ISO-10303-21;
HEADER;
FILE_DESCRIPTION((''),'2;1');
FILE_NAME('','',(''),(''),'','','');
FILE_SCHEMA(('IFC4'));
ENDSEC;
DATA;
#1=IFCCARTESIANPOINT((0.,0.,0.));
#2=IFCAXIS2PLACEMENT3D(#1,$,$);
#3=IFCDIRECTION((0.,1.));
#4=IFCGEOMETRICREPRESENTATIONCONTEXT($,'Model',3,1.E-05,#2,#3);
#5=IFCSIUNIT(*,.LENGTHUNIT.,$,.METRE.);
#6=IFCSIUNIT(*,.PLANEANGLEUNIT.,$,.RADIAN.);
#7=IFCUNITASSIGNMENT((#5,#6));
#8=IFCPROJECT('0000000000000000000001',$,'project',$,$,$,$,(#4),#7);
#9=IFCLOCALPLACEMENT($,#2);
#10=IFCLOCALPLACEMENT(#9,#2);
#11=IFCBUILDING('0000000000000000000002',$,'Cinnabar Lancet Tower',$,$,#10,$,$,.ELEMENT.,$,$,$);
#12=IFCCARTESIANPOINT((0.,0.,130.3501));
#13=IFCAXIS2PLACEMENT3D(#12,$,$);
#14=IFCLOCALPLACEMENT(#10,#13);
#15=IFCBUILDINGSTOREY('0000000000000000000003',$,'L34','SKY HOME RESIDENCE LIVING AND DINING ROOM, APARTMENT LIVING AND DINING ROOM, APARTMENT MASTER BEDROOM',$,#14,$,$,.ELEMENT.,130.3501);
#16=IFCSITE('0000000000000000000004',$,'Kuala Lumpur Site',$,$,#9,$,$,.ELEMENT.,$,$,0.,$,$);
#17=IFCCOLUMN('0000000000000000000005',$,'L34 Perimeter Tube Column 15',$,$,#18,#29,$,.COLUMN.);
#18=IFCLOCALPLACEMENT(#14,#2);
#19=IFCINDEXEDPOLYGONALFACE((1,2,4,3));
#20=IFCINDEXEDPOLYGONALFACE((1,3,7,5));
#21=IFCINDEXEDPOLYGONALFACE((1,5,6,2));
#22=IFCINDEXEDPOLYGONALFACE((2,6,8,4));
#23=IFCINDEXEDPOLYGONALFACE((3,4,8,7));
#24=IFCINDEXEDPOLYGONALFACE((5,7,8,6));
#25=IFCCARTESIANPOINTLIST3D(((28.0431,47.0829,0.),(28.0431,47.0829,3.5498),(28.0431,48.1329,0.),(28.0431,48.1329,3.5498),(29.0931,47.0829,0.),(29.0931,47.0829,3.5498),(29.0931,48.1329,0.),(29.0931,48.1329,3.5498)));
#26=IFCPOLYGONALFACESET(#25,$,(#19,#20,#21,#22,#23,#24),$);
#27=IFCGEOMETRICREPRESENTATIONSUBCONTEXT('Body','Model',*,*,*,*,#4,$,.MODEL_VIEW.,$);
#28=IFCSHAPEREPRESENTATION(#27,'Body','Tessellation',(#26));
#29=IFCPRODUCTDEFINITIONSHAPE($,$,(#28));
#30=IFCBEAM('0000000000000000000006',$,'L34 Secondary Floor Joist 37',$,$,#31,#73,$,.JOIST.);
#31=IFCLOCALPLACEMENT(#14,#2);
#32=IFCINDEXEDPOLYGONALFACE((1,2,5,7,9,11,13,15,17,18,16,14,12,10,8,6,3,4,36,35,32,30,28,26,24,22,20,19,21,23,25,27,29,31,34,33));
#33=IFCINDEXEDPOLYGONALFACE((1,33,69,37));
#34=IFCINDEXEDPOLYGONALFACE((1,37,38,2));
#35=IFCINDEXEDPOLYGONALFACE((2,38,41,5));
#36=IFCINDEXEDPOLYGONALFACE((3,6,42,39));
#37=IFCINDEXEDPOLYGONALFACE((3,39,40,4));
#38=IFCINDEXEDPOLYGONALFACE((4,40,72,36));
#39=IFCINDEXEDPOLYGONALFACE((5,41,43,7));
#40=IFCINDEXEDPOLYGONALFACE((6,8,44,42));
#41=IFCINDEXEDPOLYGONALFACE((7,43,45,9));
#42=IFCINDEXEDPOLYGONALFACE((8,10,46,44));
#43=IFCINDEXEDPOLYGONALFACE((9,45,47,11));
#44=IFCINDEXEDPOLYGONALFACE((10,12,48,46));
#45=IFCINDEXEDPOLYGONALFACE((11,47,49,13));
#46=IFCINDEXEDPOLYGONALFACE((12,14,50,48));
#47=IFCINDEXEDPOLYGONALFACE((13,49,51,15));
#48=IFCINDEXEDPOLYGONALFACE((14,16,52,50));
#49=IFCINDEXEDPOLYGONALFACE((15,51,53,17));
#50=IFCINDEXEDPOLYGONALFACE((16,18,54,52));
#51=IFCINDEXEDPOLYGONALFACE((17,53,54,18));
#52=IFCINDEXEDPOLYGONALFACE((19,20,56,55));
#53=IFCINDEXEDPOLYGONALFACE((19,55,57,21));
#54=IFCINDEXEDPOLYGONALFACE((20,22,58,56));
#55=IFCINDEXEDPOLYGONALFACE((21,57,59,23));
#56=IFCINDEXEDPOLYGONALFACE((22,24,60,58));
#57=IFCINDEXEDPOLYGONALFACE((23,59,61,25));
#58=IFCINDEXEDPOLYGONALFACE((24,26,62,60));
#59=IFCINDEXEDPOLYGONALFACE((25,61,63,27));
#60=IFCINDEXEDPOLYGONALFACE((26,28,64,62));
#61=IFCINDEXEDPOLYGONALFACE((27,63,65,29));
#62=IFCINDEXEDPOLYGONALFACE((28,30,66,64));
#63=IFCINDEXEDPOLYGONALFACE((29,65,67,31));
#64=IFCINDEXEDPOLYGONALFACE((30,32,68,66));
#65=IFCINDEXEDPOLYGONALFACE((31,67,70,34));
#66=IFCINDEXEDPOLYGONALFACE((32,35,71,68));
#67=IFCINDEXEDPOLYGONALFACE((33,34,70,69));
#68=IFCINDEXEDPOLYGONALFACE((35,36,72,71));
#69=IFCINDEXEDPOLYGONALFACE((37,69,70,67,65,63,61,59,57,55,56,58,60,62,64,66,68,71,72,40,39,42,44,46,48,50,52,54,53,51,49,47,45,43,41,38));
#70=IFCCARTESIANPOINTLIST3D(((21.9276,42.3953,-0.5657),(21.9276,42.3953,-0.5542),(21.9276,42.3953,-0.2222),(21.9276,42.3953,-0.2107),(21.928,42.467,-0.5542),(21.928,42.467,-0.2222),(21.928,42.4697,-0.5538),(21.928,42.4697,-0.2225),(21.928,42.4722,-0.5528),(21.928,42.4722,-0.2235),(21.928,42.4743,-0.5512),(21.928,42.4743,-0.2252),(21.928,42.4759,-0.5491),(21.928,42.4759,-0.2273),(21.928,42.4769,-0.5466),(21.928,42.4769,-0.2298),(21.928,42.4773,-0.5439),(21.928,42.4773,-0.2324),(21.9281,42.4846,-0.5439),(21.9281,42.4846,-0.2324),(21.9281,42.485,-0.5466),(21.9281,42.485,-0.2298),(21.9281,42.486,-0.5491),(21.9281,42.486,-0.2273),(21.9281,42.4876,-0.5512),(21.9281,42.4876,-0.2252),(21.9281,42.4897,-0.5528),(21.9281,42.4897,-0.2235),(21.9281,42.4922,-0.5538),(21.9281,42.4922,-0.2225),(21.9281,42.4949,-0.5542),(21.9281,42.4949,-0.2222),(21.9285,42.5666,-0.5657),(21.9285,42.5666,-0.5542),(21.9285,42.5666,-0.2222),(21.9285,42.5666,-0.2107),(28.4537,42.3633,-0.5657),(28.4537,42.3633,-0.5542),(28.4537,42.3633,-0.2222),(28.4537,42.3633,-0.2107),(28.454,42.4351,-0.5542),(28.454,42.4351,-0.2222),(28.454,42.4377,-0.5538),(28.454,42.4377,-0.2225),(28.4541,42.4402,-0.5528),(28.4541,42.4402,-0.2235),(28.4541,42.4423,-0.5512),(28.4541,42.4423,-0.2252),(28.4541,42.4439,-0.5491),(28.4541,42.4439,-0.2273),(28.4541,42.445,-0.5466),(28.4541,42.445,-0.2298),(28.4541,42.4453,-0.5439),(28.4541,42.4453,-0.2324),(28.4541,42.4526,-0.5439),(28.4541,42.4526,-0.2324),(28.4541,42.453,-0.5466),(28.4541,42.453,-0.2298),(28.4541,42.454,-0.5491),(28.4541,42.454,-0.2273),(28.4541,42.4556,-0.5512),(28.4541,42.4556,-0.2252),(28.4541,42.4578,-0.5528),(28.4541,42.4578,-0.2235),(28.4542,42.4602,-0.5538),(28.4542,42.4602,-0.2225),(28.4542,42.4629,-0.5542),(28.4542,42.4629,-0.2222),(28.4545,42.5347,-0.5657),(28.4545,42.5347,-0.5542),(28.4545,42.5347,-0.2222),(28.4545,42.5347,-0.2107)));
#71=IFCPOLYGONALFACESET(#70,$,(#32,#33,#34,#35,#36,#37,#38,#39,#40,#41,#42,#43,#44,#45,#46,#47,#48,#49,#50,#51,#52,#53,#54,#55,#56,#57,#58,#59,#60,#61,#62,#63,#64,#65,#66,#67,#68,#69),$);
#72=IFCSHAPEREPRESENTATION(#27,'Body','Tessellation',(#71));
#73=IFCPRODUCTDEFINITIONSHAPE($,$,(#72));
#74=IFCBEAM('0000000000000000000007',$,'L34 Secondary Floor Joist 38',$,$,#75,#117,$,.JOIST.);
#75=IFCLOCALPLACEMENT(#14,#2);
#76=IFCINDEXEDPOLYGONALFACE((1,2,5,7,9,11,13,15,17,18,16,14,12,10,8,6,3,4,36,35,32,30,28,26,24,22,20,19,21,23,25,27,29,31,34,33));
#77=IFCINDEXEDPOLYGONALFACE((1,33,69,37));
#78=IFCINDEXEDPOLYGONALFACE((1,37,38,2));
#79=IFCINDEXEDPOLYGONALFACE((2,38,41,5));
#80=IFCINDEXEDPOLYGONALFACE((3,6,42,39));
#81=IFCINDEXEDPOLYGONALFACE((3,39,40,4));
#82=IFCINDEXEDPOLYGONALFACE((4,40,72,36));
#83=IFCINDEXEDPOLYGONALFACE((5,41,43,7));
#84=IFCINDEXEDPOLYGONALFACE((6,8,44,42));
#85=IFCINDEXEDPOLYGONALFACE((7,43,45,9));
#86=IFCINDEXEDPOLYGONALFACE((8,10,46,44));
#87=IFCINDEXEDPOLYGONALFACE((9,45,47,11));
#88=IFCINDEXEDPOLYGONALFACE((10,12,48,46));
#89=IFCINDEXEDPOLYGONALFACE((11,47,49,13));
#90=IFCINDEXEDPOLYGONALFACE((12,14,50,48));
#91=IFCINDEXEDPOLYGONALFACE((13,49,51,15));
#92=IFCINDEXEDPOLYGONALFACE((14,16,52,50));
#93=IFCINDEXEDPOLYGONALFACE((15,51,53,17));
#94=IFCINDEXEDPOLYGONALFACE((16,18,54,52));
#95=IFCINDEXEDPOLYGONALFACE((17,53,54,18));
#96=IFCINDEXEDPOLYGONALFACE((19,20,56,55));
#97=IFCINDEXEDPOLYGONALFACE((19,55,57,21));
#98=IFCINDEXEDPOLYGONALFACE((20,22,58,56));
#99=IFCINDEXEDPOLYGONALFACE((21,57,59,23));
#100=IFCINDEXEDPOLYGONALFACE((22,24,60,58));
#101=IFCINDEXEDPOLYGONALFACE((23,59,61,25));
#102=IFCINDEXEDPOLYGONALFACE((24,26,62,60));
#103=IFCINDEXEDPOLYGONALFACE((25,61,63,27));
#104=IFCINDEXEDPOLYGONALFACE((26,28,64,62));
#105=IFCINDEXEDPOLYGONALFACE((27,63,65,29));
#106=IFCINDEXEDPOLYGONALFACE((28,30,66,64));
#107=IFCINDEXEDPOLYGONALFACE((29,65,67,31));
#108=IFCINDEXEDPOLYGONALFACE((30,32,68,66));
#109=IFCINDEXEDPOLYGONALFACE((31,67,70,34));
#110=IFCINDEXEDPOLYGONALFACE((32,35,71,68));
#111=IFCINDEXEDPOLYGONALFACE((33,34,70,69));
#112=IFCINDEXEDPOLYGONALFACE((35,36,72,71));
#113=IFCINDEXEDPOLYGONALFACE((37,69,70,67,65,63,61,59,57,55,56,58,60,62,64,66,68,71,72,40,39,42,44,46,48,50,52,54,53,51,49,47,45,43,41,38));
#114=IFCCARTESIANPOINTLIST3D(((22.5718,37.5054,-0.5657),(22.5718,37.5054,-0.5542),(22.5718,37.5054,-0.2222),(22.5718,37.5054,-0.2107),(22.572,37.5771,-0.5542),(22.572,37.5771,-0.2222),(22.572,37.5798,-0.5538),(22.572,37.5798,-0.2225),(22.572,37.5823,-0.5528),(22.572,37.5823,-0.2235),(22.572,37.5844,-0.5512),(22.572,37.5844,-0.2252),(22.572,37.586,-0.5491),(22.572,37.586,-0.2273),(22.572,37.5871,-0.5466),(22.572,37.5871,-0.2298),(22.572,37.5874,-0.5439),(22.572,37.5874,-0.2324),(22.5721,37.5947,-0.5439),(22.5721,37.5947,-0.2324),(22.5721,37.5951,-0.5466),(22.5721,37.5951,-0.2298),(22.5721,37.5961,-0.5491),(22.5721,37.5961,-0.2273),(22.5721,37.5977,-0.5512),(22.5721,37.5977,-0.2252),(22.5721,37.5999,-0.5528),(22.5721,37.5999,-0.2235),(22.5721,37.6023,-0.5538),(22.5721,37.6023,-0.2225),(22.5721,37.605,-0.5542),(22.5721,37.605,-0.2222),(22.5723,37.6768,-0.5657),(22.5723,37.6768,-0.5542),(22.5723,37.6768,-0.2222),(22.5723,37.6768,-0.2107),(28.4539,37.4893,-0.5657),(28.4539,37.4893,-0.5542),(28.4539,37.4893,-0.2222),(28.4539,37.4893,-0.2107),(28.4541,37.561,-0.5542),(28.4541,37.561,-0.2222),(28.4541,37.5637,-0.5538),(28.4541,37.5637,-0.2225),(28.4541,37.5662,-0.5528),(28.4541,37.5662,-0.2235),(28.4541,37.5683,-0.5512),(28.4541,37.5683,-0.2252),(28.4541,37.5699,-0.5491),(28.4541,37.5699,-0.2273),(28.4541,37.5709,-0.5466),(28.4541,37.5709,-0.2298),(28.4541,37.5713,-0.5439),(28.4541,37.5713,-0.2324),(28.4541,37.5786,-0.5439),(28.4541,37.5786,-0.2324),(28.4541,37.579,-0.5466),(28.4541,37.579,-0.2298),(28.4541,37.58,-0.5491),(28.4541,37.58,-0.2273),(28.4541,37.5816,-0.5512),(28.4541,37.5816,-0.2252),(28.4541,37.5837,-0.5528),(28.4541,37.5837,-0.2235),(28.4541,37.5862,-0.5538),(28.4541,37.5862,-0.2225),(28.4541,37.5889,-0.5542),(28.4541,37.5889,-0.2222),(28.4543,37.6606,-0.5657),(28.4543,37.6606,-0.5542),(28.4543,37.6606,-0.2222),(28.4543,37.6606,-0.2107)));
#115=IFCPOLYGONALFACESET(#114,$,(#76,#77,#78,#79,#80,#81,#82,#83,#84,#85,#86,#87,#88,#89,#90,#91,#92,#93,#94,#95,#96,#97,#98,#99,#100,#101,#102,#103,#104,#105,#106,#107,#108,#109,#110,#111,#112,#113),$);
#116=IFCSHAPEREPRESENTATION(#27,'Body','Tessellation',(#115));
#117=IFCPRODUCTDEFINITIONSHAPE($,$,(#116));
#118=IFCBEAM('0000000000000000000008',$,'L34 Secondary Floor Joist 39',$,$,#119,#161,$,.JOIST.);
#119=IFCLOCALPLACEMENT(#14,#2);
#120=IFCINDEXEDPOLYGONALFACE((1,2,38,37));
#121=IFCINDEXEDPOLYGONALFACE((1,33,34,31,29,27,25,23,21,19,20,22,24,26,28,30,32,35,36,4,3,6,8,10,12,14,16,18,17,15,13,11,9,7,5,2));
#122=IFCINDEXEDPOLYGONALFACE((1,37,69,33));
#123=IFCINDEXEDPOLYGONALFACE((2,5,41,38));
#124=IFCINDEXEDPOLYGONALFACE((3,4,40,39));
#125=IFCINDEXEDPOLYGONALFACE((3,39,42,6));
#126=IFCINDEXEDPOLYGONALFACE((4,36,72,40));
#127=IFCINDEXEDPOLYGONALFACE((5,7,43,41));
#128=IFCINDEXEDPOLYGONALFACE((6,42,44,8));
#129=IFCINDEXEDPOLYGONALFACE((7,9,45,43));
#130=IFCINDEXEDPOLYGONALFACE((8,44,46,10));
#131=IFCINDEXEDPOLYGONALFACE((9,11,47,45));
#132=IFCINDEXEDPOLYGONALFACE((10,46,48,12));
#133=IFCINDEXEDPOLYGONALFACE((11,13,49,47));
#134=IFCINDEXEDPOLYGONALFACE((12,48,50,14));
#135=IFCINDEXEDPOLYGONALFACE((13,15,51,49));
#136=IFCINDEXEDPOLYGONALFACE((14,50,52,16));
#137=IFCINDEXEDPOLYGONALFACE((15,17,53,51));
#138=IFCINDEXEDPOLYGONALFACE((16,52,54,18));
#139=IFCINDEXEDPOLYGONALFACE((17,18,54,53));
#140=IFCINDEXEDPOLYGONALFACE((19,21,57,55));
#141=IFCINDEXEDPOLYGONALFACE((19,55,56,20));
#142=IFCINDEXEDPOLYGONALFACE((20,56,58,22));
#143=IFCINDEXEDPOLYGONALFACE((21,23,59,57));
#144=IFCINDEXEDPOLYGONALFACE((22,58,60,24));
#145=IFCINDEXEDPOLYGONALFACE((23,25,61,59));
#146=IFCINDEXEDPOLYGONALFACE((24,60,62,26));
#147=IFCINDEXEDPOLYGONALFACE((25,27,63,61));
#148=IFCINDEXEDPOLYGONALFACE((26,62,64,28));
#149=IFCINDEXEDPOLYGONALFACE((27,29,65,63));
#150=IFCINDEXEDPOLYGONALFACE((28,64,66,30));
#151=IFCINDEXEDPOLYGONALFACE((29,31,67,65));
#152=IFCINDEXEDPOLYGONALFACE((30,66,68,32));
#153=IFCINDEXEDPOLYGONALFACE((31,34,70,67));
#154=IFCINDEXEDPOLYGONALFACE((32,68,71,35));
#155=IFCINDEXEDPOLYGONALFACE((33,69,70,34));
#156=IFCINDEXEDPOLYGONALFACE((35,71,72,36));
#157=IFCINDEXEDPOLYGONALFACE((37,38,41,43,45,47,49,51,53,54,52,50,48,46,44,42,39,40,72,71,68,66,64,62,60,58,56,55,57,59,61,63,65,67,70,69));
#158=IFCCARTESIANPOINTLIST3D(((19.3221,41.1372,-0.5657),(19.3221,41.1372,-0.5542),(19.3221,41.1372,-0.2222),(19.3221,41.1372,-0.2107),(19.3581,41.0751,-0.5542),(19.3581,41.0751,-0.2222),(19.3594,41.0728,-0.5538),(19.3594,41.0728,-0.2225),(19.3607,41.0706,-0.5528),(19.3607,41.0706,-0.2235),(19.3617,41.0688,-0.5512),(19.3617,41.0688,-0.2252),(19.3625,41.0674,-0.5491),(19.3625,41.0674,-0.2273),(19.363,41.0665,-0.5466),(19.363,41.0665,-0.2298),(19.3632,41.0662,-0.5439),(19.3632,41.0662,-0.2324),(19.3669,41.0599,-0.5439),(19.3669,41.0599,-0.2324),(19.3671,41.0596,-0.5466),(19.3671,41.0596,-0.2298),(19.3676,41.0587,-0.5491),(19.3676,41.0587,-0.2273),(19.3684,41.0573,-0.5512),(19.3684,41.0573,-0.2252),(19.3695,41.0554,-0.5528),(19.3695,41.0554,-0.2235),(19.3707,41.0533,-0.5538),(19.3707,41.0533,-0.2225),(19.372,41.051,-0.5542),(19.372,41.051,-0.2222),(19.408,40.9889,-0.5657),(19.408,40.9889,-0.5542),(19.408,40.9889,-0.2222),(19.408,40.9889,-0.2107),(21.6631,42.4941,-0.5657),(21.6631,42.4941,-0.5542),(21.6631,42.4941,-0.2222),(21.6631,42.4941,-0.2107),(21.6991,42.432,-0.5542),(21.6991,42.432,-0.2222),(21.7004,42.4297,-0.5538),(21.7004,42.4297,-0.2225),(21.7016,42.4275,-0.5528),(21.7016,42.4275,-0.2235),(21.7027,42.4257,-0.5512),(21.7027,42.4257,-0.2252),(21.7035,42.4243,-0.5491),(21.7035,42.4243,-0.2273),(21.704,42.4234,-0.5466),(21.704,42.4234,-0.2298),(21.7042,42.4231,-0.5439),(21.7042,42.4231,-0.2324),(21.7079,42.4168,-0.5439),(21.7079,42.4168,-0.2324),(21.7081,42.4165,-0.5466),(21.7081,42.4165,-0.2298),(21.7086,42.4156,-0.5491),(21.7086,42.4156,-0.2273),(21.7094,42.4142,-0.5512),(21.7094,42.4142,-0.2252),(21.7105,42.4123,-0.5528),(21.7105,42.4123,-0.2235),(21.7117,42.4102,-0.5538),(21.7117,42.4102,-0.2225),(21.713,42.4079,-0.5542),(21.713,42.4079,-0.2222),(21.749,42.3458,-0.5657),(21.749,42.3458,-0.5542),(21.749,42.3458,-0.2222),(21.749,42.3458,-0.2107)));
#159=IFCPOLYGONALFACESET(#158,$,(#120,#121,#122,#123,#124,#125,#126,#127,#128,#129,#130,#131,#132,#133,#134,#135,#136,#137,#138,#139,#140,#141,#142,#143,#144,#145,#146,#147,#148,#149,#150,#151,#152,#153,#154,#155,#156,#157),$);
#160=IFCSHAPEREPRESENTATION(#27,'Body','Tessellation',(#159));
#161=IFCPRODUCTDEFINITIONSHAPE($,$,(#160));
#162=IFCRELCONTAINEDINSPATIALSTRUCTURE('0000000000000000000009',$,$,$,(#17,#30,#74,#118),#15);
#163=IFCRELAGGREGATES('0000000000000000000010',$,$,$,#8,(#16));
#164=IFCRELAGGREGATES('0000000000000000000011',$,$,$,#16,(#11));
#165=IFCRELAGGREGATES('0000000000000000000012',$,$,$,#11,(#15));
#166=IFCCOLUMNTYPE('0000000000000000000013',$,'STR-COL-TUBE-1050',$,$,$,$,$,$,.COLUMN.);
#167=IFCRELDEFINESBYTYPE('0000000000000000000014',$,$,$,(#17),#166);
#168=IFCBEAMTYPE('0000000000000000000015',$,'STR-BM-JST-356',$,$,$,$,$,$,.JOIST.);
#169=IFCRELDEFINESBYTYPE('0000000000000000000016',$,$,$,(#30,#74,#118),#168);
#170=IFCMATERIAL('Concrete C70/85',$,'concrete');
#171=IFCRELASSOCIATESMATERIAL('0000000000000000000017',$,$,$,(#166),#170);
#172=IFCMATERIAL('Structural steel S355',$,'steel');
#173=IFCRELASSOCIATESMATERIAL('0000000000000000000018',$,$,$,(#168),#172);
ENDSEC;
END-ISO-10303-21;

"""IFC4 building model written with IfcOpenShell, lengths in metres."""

from ifc_helpers import new_model, si_unit, direction, frame, origin, origin_2d, place, context, subcontext, project, spatial, rectangle, i_section, extrude, material, material_profile, profile_set, type_object, element, save


model = new_model("IFC4")

# Units and contexts
model_context = context("Model", 3, precision=1e-05, world=origin(), true_north=direction((0.0, 1.0)))
body_context = subcontext(model_context, "Body", "Model", "MODEL_VIEW")
ifc_project = project(units=[si_unit("LENGTHUNIT", "METRE"), si_unit("PLANEANGLEUNIT", "RADIAN")], contexts=[model_context])

# Site, building, storey
site_placement = place(None, origin())
site = spatial("IfcSite", under=ifc_project, at=site_placement, Name="Kuala Lumpur Site", CompositionType="ELEMENT", RefElevation=0.0)
building_placement = place(site_placement, origin())
building = spatial("IfcBuilding", under=site, at=building_placement, Name="Cinnabar Lancet Tower", CompositionType="ELEMENT")
storey_placement = place(building_placement, frame((0.0, 0.0, 130.3501)))
storey = spatial("IfcBuildingStorey", under=building, at=storey_placement, Name="L34", Description="SKY HOME RESIDENCE LIVING AND DINING ROOM, APARTMENT LIVING AND DINING ROOM, APARTMENT MASTER BEDROOM", CompositionType="ELEMENT", Elevation=130.3501)

# Column
ifc_material_1 = material(Name="Concrete C70/85", Category="concrete")
ifc_material_profile_1 = material_profile(ifc_material_1, rectangle(XDim=1.05, YDim=1.05, at=origin_2d()), Name="RC-COL 1050x1050")
ifc_profile_set_1 = profile_set([ifc_material_profile_1], Name="Concrete C70/85")
column_type = type_object("IfcColumnType", Name="STR-COL-TUBE-1050", PredefinedType="COLUMN", material=ifc_profile_set_1)
column_placement = place(storey_placement, frame((28.5681, 47.6079, 0.0), z_axis=(0.0, 0.0, 1.0), x_axis=(1.0, 0.0, 0.0)))
element("IfcColumn", 1, at=column_placement, inside=storey, type_object=column_type, Name="L34 Perimeter Tube Column 15", PredefinedType="COLUMN", context=body_context, shape_type="SweptSolid", body=[
    extrude(rectangle(XDim=1.05, YDim=1.05, at=origin_2d()), origin(), (0.0, 0.0, 1.0), 3.5498),
])

# Beams
ifc_material_2 = material(Name="Structural steel S355", Category="steel")
ifc_material_profile_2 = material_profile(ifc_material_2, i_section(OverallWidth=0.1714, OverallDepth=0.355, WebThickness=0.0073, FlangeThickness=0.0115, FilletRadius=0.0103, at=origin_2d()), Name="UKB 356x171x51")
ifc_profile_set_2 = profile_set([ifc_material_profile_2], Name="Structural steel S355")
beam_type_1 = type_object("IfcBeamType", Name="STR-BM-JST-356", PredefinedType="JOIST", material=ifc_profile_set_2)
beam_1_placement = place(storey_placement, frame((28.4541, 42.449, -0.3882), z_axis=(-0.999988, 0.004901, 0.0), x_axis=(-0.004901, -0.999988, 0.0)))
element("IfcBeam", 2, at=beam_1_placement, inside=storey, type_object=beam_type_1, Name="L34 Secondary Floor Joist 37", PredefinedType="JOIST", context=body_context, shape_type="SweptSolid", body=[
    extrude(i_section(OverallWidth=0.1714, OverallDepth=0.355, WebThickness=0.0073, FlangeThickness=0.0115, FilletRadius=0.0103, at=origin_2d()), origin(), (0.0, 0.0, 1.0), 6.5261),
])
beam_2_placement = place(storey_placement, frame((28.4541, 37.575, -0.3882), z_axis=(-0.999996, 0.002739, 0.0), x_axis=(-0.002739, -0.999996, 0.0)))
element("IfcBeam", 3, at=beam_2_placement, inside=storey, type_object=beam_type_1, Name="L34 Secondary Floor Joist 38", PredefinedType="JOIST", context=body_context, shape_type="SweptSolid", body=[
    extrude(i_section(OverallWidth=0.1714, OverallDepth=0.355, WebThickness=0.0073, FlangeThickness=0.0115, FilletRadius=0.0103, at=origin_2d()), origin(), (0.0, 0.0, 1.0), 5.8821),
])
beam_3_placement = place(storey_placement, frame((21.7061, 42.4199, -0.3882), z_axis=(-0.865173, -0.501474, 0.0), x_axis=(0.501474, -0.865173, 0.0)))
element("IfcBeam", 4, at=beam_3_placement, inside=storey, type_object=beam_type_1, Name="L34 Secondary Floor Joist 39", PredefinedType="JOIST", context=body_context, shape_type="SweptSolid", body=[
    extrude(i_section(OverallWidth=0.1714, OverallDepth=0.355, WebThickness=0.0073, FlangeThickness=0.0115, FilletRadius=0.0103, at=origin_2d()), origin(), (0.0, 0.0, 1.0), 2.7058),
])

save(model, "model.ifc")
